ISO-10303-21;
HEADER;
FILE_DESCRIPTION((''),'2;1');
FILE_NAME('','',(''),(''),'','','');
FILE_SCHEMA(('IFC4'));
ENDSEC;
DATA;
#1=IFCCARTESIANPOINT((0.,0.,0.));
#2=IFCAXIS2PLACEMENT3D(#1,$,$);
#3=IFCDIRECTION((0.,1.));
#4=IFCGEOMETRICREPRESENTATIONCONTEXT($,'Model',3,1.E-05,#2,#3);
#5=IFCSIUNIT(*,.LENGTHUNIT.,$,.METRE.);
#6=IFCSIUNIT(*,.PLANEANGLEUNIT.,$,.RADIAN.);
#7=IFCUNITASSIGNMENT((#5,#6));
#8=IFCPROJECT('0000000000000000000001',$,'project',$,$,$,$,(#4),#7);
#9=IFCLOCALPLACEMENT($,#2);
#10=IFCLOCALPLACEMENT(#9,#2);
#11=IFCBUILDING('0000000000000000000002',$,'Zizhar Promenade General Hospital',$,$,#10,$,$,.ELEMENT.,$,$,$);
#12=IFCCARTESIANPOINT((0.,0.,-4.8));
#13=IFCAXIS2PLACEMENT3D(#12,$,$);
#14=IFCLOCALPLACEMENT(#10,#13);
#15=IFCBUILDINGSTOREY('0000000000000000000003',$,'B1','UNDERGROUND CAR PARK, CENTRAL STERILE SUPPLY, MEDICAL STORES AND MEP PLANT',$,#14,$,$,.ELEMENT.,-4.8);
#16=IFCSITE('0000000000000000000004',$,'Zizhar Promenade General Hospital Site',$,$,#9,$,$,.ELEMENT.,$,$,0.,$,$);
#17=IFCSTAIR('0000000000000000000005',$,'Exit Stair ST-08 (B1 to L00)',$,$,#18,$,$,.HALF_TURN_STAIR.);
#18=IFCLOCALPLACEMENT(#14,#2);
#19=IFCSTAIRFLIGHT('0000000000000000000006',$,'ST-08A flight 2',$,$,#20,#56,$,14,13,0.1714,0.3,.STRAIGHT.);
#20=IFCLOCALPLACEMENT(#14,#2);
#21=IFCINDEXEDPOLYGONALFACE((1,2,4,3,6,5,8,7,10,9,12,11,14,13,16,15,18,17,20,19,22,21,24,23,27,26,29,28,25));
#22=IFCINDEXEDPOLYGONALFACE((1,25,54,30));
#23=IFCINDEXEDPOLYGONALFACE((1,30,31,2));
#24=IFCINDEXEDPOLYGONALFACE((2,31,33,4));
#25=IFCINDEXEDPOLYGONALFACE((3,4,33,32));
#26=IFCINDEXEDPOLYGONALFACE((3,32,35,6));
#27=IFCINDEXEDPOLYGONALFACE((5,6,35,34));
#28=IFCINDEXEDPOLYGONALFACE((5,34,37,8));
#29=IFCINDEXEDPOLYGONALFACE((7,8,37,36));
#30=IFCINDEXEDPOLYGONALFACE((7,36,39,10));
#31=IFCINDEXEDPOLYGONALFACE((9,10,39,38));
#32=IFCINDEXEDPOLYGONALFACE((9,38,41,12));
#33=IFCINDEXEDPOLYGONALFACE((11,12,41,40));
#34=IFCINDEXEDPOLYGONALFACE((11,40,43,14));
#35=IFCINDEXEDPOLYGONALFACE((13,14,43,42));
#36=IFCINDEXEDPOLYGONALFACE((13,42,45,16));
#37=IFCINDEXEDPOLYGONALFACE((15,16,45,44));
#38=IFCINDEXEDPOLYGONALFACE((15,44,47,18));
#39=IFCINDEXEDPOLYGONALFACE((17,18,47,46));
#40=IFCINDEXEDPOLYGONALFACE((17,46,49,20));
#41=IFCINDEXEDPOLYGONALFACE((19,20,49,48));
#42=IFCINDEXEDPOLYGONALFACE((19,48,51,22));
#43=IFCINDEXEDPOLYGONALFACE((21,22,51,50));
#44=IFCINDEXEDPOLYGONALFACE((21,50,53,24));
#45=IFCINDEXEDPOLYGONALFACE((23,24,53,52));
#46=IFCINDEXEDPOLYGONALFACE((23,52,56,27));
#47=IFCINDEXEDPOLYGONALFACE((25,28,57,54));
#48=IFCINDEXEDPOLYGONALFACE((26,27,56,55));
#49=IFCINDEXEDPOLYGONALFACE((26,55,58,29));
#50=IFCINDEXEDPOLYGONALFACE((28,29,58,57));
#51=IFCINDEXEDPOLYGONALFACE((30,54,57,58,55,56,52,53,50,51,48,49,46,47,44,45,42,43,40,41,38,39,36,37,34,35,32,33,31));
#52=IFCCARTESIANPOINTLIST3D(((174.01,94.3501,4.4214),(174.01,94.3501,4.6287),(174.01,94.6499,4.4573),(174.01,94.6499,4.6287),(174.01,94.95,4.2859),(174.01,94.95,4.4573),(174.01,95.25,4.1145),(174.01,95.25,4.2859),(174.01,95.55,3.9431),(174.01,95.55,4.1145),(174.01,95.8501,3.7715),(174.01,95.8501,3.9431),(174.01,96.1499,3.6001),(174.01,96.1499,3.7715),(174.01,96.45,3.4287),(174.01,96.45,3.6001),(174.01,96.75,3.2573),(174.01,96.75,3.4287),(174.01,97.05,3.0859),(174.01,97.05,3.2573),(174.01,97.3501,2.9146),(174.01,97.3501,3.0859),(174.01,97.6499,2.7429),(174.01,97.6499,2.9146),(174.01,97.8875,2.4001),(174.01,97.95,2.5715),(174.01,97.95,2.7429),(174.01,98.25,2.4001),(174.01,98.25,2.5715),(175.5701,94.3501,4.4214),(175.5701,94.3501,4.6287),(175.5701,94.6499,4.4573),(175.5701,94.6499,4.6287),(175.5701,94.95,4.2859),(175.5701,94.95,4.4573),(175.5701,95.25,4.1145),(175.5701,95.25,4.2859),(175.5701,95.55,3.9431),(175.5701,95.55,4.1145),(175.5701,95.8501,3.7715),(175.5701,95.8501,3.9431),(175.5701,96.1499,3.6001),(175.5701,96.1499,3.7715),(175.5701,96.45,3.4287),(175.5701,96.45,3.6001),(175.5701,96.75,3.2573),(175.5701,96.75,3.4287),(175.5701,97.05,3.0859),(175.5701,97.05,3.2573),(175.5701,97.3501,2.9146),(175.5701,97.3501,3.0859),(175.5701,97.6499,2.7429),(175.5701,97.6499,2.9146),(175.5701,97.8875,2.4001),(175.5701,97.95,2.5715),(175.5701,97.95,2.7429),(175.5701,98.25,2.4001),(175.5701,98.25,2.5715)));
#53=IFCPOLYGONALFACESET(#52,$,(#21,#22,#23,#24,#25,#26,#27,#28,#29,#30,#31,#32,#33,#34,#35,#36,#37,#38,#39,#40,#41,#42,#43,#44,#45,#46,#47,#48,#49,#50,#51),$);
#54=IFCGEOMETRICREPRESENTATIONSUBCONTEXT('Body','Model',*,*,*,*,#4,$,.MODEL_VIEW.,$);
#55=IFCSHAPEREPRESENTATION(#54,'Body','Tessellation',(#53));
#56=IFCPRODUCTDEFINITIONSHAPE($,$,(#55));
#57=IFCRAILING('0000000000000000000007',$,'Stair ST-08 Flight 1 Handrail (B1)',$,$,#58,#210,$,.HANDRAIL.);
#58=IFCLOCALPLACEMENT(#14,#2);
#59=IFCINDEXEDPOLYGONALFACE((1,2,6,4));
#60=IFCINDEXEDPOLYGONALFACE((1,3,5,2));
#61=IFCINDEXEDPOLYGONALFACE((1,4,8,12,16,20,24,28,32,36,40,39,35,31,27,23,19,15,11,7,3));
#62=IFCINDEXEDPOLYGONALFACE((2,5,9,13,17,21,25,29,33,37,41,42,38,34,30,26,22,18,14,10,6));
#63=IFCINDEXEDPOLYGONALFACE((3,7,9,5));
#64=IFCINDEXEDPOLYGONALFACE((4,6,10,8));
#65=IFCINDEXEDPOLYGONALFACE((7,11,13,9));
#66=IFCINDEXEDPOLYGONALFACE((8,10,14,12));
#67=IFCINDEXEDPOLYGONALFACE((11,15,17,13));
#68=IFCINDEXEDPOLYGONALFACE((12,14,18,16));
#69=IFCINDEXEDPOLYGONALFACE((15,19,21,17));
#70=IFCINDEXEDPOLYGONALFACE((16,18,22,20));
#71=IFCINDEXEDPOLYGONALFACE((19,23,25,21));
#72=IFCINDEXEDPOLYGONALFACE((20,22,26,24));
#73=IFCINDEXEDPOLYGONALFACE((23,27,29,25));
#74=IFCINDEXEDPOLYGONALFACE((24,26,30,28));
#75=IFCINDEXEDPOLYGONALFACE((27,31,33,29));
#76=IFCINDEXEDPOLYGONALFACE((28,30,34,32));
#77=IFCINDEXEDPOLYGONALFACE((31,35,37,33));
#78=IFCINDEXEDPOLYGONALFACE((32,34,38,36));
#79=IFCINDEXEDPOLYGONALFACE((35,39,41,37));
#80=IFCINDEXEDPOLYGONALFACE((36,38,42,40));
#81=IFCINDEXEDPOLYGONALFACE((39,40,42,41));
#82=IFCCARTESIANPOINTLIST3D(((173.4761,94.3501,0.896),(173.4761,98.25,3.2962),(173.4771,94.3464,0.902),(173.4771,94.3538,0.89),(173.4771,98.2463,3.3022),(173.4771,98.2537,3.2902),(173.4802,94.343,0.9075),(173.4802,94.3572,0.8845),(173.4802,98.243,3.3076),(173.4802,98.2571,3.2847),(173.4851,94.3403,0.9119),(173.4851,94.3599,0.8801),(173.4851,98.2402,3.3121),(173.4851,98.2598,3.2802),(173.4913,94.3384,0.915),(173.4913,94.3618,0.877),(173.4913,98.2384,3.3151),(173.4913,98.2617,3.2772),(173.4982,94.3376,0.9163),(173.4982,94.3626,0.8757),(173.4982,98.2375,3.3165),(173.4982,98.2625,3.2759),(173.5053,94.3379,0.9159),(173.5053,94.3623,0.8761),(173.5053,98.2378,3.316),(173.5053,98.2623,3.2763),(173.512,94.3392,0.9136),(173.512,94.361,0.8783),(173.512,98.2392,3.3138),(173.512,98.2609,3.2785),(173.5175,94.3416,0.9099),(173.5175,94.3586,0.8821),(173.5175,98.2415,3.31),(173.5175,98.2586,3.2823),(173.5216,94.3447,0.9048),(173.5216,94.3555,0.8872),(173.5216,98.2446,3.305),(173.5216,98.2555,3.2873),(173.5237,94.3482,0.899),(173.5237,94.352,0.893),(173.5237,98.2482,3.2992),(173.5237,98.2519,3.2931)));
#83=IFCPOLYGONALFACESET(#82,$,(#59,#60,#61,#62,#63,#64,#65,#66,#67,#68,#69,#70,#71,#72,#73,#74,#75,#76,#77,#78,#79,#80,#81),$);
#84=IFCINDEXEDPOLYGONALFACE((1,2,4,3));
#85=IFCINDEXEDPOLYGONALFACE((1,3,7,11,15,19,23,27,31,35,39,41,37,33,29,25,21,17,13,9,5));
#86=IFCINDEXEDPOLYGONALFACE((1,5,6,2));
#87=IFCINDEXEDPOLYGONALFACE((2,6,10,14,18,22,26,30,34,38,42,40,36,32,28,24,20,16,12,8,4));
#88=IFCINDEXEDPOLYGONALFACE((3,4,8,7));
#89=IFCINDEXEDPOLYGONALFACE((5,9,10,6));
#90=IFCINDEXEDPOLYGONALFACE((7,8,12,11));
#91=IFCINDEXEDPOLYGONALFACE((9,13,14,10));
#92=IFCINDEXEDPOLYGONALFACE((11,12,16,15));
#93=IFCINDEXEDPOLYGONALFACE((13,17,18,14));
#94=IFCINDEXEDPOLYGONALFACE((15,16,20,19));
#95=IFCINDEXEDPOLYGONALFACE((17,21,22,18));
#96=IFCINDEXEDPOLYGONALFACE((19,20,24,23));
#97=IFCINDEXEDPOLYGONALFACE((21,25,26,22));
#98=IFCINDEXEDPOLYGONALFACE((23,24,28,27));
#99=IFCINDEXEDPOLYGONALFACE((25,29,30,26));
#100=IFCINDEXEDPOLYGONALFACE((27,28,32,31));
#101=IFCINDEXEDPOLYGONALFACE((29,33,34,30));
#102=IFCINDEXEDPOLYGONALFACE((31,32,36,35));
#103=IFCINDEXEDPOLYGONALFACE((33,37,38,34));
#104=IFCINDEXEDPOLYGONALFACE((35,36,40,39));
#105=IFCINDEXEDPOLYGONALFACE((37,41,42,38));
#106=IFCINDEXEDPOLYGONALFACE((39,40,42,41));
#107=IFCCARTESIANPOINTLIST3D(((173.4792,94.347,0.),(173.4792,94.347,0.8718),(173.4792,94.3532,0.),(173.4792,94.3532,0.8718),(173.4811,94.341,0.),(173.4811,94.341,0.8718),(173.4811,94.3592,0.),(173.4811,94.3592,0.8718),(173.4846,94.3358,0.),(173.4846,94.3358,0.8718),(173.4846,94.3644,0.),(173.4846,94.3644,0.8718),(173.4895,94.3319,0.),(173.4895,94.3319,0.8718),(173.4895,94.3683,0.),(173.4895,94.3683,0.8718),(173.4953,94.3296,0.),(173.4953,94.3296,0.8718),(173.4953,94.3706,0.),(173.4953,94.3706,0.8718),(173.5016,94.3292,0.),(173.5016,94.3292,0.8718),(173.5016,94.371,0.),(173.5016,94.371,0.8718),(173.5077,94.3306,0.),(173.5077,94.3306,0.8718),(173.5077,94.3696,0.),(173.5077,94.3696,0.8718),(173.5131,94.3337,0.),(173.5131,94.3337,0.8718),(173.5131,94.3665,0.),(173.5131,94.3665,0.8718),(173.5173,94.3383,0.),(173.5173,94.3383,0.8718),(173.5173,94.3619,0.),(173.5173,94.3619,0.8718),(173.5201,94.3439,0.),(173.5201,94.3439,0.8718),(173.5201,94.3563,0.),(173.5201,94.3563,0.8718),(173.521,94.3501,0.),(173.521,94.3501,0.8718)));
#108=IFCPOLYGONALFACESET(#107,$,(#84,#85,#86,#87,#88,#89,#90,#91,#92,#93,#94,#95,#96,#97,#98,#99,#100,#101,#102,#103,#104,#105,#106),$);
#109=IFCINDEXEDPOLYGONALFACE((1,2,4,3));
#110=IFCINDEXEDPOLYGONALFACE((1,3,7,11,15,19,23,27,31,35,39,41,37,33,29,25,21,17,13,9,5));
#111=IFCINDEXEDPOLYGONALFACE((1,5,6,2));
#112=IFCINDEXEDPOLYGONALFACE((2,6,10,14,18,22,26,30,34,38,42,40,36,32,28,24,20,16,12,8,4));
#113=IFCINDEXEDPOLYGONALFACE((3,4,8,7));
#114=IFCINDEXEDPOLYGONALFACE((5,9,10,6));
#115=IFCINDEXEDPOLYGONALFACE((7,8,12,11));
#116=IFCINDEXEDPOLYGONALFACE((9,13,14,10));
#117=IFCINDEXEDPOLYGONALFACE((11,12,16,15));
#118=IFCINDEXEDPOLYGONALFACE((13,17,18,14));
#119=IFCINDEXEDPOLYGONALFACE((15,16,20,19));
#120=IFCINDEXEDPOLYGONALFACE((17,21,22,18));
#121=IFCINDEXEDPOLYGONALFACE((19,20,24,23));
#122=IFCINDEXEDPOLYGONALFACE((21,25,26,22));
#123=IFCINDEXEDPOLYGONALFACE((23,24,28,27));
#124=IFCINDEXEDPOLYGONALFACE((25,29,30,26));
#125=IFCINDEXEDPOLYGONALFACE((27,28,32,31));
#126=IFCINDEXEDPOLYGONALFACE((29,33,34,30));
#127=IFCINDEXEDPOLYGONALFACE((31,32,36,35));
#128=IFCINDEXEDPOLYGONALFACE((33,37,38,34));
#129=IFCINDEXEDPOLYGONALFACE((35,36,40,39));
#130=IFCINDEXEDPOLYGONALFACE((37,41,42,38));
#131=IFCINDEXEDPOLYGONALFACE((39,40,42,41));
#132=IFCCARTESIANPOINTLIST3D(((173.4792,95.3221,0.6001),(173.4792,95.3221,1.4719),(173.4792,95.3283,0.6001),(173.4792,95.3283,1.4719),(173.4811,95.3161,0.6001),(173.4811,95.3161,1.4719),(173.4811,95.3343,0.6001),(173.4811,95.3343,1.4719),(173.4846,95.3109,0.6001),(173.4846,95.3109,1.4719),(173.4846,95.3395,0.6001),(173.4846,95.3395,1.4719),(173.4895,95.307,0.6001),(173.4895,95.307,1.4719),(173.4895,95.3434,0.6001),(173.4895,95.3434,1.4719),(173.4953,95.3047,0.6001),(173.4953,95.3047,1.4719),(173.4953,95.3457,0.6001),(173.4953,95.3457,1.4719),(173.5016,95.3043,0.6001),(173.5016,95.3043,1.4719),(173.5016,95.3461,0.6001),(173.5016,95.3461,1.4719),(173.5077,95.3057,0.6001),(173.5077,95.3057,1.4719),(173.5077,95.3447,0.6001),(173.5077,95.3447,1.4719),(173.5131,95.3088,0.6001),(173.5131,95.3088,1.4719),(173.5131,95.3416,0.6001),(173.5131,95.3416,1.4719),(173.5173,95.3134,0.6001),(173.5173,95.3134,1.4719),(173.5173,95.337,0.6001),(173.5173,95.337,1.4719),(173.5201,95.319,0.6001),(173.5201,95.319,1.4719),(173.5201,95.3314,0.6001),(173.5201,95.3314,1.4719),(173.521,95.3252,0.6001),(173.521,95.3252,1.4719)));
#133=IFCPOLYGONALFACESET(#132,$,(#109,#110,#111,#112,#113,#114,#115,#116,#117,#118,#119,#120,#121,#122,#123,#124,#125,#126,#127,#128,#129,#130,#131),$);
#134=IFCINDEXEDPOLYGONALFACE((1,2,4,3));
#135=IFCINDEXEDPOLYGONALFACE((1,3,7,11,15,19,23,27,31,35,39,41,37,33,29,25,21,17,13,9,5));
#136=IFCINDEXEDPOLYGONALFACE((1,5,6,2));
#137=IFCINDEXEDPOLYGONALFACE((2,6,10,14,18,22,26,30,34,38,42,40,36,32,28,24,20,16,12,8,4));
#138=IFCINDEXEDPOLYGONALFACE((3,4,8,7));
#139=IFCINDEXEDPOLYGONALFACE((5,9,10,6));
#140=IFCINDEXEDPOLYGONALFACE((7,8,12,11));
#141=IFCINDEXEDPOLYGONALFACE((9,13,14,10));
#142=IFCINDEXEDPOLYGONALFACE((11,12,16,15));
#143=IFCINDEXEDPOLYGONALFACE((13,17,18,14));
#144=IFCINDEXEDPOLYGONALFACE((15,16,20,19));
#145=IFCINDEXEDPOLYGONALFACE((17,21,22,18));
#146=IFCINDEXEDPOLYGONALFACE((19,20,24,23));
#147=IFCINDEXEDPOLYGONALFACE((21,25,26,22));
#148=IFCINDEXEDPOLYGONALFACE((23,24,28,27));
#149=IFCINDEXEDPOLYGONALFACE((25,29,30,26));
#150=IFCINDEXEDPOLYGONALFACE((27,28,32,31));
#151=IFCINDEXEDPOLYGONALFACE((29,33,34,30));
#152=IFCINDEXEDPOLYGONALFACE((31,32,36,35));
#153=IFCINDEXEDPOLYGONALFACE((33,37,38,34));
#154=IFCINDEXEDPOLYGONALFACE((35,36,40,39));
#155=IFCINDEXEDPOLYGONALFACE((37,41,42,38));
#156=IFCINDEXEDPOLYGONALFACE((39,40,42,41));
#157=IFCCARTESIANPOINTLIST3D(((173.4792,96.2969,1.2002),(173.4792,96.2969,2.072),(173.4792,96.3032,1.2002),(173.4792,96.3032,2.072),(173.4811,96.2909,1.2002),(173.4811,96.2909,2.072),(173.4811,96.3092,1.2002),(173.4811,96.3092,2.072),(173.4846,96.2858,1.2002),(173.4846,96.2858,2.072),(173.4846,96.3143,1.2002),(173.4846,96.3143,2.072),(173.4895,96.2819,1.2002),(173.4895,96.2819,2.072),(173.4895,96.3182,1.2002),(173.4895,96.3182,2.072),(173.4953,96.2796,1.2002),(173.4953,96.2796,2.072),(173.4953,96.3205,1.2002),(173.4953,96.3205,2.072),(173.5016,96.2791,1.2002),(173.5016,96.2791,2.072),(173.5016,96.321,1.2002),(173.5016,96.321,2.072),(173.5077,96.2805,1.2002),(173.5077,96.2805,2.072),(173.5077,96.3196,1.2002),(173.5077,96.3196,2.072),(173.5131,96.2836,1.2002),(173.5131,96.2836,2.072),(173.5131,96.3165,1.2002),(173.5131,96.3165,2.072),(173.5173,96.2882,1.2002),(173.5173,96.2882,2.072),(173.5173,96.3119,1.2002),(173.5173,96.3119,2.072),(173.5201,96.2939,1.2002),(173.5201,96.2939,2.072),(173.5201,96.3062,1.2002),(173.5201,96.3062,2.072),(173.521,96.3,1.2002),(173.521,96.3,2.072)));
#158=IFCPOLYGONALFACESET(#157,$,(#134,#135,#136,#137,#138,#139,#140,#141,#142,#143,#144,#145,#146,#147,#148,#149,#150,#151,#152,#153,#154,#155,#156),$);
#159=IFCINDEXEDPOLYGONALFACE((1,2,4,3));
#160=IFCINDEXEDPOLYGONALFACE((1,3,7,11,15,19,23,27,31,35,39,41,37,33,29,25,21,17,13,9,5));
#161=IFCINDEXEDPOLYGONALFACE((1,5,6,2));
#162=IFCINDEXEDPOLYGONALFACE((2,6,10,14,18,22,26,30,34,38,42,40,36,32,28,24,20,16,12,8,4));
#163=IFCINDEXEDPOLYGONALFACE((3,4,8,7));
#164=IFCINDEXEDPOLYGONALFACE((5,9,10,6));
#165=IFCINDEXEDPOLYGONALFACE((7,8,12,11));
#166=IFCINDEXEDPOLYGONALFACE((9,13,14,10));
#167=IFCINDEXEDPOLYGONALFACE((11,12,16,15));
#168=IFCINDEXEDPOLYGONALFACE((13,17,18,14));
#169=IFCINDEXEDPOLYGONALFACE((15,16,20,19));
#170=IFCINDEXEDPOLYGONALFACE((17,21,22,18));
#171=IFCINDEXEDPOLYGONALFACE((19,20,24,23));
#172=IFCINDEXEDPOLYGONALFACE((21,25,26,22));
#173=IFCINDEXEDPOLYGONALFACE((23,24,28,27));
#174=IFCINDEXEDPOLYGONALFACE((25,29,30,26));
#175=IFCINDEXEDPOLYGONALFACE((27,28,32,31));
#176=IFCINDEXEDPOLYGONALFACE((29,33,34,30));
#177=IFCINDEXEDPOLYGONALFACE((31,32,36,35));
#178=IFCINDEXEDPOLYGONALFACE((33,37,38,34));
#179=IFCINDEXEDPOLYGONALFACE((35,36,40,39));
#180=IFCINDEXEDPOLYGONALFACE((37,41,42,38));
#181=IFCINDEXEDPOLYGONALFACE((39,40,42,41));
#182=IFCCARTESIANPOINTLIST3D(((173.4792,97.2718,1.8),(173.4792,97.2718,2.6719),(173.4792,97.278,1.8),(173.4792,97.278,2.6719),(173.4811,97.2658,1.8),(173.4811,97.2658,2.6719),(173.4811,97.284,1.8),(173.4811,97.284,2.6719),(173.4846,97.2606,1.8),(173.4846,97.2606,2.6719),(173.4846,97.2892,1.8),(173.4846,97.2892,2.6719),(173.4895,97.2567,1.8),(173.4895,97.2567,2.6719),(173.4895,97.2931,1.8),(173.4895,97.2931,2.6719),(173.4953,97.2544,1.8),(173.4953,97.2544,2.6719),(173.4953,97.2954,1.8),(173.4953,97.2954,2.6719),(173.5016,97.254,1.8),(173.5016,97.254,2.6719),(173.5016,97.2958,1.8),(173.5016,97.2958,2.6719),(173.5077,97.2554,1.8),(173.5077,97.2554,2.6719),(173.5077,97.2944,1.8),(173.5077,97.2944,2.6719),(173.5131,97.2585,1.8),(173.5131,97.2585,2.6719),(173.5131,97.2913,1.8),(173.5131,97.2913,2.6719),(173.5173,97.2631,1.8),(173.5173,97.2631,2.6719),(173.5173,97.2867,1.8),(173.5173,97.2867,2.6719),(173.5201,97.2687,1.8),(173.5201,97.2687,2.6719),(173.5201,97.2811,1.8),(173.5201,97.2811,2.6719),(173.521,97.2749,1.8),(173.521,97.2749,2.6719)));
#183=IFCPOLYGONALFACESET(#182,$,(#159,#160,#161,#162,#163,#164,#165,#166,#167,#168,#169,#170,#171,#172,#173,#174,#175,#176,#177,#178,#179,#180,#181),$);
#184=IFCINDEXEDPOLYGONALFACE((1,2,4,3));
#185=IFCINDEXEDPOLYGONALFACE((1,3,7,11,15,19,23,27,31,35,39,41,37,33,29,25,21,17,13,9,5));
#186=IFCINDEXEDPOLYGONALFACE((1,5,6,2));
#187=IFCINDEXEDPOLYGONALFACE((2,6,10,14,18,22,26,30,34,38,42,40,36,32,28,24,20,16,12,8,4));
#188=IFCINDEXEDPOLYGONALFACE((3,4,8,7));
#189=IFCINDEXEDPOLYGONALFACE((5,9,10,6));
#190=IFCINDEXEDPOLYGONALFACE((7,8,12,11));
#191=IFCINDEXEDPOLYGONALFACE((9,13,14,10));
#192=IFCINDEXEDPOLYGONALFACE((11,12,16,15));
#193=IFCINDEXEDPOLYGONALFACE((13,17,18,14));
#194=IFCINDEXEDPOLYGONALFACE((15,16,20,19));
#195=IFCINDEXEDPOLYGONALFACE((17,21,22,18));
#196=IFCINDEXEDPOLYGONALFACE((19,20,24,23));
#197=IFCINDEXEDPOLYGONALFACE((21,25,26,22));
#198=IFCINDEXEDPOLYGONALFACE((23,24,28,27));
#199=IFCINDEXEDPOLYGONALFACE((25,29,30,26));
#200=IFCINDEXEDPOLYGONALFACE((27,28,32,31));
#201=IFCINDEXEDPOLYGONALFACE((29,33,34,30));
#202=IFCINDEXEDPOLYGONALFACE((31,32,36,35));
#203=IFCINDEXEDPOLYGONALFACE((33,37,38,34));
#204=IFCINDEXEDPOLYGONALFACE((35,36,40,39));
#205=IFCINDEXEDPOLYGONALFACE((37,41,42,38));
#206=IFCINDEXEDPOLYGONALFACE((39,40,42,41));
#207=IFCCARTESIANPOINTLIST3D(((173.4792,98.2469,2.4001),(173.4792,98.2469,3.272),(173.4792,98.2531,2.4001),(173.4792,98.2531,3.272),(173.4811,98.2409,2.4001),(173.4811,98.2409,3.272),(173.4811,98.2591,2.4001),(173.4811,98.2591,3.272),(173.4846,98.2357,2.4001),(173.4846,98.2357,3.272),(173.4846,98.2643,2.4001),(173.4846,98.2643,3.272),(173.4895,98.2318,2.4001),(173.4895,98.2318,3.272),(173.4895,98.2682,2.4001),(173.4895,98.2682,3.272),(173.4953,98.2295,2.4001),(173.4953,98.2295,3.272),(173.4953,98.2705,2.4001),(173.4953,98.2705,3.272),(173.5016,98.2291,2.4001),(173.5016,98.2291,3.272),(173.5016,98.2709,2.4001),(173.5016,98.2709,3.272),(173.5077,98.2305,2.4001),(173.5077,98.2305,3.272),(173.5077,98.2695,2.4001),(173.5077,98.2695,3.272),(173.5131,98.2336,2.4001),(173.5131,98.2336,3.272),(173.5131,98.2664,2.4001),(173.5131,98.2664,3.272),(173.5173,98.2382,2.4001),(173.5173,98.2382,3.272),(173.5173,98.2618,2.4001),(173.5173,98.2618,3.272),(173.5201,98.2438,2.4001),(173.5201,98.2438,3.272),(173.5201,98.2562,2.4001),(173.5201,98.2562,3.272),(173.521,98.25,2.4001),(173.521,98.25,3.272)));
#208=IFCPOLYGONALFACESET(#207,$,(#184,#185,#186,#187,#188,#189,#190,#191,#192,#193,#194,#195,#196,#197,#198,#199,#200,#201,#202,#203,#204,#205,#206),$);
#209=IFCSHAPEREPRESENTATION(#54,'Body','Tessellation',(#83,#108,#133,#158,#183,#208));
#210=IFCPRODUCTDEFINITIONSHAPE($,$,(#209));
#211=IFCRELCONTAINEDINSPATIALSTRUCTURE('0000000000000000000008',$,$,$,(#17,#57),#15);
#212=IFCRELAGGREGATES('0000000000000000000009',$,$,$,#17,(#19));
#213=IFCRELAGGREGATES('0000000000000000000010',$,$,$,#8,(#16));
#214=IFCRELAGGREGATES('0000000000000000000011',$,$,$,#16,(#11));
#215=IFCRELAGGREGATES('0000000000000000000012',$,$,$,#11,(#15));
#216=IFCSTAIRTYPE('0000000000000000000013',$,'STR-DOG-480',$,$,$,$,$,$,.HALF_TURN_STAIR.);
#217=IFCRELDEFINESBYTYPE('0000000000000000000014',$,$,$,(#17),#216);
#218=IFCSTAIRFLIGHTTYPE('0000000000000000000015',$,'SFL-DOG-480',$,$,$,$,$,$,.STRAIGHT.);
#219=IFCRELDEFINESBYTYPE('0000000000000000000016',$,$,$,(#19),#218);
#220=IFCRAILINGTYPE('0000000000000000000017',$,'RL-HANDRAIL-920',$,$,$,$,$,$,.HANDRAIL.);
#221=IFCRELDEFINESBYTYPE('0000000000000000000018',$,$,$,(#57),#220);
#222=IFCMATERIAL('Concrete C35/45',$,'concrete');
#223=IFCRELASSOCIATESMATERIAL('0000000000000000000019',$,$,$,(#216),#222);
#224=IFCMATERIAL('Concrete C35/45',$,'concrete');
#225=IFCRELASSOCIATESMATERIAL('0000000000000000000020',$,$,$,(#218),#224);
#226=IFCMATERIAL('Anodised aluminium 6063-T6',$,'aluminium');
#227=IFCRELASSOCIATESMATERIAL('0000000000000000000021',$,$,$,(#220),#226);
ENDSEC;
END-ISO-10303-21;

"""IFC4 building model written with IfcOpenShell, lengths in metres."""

from ifc_helpers import new_model, si_unit, direction, frame, origin, origin_2d, place, context, subcontext, project, spatial, polyline, circle, hollow_circle, outline, extrude, material, material_profile, profile_set, type_object, element, aggregate, save


model = new_model("IFC4")

# Units and contexts
model_context = context("Model", 3, precision=1e-05, world=origin(), true_north=direction((0.0, 1.0)))
body_context = subcontext(model_context, "Body", "Model", "MODEL_VIEW")
ifc_project = project(units=[si_unit("LENGTHUNIT", "METRE"), si_unit("PLANEANGLEUNIT", "RADIAN")], contexts=[model_context])

# Site, building, storey
site_placement = place(None, origin())
site = spatial("IfcSite", under=ifc_project, at=site_placement, Name="Zizhar Promenade General Hospital Site", CompositionType="ELEMENT", RefElevation=0.0)
building_placement = place(site_placement, origin())
building = spatial("IfcBuilding", under=site, at=building_placement, Name="Zizhar Promenade General Hospital", CompositionType="ELEMENT")
storey_placement = place(building_placement, frame((0.0, 0.0, -4.8)))
storey = spatial("IfcBuildingStorey", under=building, at=storey_placement, Name="B1", Description="UNDERGROUND CAR PARK, CENTRAL STERILE SUPPLY, MEDICAL STORES AND MEP PLANT", CompositionType="ELEMENT", Elevation=-4.8)

# Stair, stair flight
ifc_material_1 = material(Name="Concrete C35/45", Category="concrete")
stair_type = type_object("IfcStairType", Name="STR-DOG-480", PredefinedType="HALF_TURN_STAIR", material=ifc_material_1)
stair_placement = place(storey_placement, origin())
stair = element("IfcStair", 1, at=stair_placement, inside=storey, type_object=stair_type, Name="Exit Stair ST-08 (B1 to L00)", PredefinedType="HALF_TURN_STAIR")
ifc_material_2 = material(Name="Concrete C35/45", Category="concrete")
stair_flight_type = type_object("IfcStairFlightType", Name="SFL-DOG-480", PredefinedType="STRAIGHT", material=ifc_material_2)
stair_flight_1_placement = place(storey_placement, frame((174.79, 98.25, 2.4001), z_axis=(0.0, 0.0, 1.0), x_axis=(0.0, -1.0, 0.0)))
stair_flight_1 = element("IfcStairFlight", 2, at=stair_flight_1_placement, type_object=stair_flight_type, Name="ST-08A flight 2", NumberOfRisers=14, NumberOfTreads=13, PredefinedType="STRAIGHT", RiserHeight=0.1714, TreadLength=0.3, context=body_context, shape_type="SweptSolid", body=[
    extrude(outline(polyline([(0.0, 0.0), (0.0, 0.1714), (0.3, 0.1714), (0.3, 0.3428), (0.6001, 0.3428), (0.6001, 0.5144), (0.8999, 0.5144), (0.8999, 0.6858), (1.2, 0.6858), (1.2, 0.8572), (1.5, 0.8572), (1.5, 1.0286), (1.8, 1.0286), (1.8, 1.2), (2.1001, 1.2), (2.1001, 1.3713), (2.3999, 1.3713), (2.3999, 1.543), (2.7, 1.543), (2.7, 1.7144), (3.0, 1.7144), (3.0, 1.8857), (3.3, 1.8857), (3.3, 2.0571), (3.6001, 2.0571), (3.6001, 2.2285), (3.8999, 2.2285), (3.8999, 2.3999), (3.8999, 2.0212), (0.3625, 0.0), (0.0, 0.0)])), frame((0.0, 0.78, 0.0), z_axis=(0.0, -1.0, 0.0), x_axis=(1.0, 0.0, 0.0)), (0.0, 0.0, 1.0), 1.5601),
])
aggregate(stair, [stair_flight_1])

# Railing
ifc_material_3 = material(Name="Anodised aluminium 6063-T6", Category="aluminium")
ifc_material_profile_1 = material_profile(ifc_material_3, hollow_circle(Radius=0.0698, WallThickness=0.0063, at=origin_2d()))
ifc_profile_set_1 = profile_set([ifc_material_profile_1], Name="Anodised aluminium 6063-T6")
railing_type_1 = type_object("IfcRailingType", Name="RL-HANDRAIL-920", PredefinedType="HANDRAIL", material=ifc_profile_set_1)
railing_1_placement = place(storey_placement, frame((173.5, 94.3501, 0.0)))
element("IfcRailing", 3, at=railing_1_placement, inside=storey, type_object=railing_type_1, Name="Stair ST-08 Flight 1 Handrail (B1)", PredefinedType="HANDRAIL", context=body_context, shape_type="SweptSolid", body=[
    extrude(circle(Radius=0.0239, at=origin_2d()), frame((0.0, 0.0, 0.896), z_axis=(0.0, 0.851638, 0.52413), x_axis=(-1.0, 0.0, 0.0)), (0.0, 0.0, 1.0), 4.5793),
    extrude(circle(Radius=0.021, at=origin_2d()), origin(), (0.0, 0.0, 1.0), 0.8718),
    extrude(circle(Radius=0.021, at=origin_2d()), frame((0.0, 0.9751, 0.6001)), (0.0, 0.0, 1.0), 0.8718),
    extrude(circle(Radius=0.021, at=origin_2d()), frame((0.0, 1.95, 1.2002)), (0.0, 0.0, 1.0), 0.8718),
    extrude(circle(Radius=0.021, at=origin_2d()), frame((0.0, 2.9248, 1.8)), (0.0, 0.0, 1.0), 0.8718),
    extrude(circle(Radius=0.021, at=origin_2d()), frame((0.0, 3.8999, 2.4001)), (0.0, 0.0, 1.0), 0.8718),
])

save(model, "model.ifc")
